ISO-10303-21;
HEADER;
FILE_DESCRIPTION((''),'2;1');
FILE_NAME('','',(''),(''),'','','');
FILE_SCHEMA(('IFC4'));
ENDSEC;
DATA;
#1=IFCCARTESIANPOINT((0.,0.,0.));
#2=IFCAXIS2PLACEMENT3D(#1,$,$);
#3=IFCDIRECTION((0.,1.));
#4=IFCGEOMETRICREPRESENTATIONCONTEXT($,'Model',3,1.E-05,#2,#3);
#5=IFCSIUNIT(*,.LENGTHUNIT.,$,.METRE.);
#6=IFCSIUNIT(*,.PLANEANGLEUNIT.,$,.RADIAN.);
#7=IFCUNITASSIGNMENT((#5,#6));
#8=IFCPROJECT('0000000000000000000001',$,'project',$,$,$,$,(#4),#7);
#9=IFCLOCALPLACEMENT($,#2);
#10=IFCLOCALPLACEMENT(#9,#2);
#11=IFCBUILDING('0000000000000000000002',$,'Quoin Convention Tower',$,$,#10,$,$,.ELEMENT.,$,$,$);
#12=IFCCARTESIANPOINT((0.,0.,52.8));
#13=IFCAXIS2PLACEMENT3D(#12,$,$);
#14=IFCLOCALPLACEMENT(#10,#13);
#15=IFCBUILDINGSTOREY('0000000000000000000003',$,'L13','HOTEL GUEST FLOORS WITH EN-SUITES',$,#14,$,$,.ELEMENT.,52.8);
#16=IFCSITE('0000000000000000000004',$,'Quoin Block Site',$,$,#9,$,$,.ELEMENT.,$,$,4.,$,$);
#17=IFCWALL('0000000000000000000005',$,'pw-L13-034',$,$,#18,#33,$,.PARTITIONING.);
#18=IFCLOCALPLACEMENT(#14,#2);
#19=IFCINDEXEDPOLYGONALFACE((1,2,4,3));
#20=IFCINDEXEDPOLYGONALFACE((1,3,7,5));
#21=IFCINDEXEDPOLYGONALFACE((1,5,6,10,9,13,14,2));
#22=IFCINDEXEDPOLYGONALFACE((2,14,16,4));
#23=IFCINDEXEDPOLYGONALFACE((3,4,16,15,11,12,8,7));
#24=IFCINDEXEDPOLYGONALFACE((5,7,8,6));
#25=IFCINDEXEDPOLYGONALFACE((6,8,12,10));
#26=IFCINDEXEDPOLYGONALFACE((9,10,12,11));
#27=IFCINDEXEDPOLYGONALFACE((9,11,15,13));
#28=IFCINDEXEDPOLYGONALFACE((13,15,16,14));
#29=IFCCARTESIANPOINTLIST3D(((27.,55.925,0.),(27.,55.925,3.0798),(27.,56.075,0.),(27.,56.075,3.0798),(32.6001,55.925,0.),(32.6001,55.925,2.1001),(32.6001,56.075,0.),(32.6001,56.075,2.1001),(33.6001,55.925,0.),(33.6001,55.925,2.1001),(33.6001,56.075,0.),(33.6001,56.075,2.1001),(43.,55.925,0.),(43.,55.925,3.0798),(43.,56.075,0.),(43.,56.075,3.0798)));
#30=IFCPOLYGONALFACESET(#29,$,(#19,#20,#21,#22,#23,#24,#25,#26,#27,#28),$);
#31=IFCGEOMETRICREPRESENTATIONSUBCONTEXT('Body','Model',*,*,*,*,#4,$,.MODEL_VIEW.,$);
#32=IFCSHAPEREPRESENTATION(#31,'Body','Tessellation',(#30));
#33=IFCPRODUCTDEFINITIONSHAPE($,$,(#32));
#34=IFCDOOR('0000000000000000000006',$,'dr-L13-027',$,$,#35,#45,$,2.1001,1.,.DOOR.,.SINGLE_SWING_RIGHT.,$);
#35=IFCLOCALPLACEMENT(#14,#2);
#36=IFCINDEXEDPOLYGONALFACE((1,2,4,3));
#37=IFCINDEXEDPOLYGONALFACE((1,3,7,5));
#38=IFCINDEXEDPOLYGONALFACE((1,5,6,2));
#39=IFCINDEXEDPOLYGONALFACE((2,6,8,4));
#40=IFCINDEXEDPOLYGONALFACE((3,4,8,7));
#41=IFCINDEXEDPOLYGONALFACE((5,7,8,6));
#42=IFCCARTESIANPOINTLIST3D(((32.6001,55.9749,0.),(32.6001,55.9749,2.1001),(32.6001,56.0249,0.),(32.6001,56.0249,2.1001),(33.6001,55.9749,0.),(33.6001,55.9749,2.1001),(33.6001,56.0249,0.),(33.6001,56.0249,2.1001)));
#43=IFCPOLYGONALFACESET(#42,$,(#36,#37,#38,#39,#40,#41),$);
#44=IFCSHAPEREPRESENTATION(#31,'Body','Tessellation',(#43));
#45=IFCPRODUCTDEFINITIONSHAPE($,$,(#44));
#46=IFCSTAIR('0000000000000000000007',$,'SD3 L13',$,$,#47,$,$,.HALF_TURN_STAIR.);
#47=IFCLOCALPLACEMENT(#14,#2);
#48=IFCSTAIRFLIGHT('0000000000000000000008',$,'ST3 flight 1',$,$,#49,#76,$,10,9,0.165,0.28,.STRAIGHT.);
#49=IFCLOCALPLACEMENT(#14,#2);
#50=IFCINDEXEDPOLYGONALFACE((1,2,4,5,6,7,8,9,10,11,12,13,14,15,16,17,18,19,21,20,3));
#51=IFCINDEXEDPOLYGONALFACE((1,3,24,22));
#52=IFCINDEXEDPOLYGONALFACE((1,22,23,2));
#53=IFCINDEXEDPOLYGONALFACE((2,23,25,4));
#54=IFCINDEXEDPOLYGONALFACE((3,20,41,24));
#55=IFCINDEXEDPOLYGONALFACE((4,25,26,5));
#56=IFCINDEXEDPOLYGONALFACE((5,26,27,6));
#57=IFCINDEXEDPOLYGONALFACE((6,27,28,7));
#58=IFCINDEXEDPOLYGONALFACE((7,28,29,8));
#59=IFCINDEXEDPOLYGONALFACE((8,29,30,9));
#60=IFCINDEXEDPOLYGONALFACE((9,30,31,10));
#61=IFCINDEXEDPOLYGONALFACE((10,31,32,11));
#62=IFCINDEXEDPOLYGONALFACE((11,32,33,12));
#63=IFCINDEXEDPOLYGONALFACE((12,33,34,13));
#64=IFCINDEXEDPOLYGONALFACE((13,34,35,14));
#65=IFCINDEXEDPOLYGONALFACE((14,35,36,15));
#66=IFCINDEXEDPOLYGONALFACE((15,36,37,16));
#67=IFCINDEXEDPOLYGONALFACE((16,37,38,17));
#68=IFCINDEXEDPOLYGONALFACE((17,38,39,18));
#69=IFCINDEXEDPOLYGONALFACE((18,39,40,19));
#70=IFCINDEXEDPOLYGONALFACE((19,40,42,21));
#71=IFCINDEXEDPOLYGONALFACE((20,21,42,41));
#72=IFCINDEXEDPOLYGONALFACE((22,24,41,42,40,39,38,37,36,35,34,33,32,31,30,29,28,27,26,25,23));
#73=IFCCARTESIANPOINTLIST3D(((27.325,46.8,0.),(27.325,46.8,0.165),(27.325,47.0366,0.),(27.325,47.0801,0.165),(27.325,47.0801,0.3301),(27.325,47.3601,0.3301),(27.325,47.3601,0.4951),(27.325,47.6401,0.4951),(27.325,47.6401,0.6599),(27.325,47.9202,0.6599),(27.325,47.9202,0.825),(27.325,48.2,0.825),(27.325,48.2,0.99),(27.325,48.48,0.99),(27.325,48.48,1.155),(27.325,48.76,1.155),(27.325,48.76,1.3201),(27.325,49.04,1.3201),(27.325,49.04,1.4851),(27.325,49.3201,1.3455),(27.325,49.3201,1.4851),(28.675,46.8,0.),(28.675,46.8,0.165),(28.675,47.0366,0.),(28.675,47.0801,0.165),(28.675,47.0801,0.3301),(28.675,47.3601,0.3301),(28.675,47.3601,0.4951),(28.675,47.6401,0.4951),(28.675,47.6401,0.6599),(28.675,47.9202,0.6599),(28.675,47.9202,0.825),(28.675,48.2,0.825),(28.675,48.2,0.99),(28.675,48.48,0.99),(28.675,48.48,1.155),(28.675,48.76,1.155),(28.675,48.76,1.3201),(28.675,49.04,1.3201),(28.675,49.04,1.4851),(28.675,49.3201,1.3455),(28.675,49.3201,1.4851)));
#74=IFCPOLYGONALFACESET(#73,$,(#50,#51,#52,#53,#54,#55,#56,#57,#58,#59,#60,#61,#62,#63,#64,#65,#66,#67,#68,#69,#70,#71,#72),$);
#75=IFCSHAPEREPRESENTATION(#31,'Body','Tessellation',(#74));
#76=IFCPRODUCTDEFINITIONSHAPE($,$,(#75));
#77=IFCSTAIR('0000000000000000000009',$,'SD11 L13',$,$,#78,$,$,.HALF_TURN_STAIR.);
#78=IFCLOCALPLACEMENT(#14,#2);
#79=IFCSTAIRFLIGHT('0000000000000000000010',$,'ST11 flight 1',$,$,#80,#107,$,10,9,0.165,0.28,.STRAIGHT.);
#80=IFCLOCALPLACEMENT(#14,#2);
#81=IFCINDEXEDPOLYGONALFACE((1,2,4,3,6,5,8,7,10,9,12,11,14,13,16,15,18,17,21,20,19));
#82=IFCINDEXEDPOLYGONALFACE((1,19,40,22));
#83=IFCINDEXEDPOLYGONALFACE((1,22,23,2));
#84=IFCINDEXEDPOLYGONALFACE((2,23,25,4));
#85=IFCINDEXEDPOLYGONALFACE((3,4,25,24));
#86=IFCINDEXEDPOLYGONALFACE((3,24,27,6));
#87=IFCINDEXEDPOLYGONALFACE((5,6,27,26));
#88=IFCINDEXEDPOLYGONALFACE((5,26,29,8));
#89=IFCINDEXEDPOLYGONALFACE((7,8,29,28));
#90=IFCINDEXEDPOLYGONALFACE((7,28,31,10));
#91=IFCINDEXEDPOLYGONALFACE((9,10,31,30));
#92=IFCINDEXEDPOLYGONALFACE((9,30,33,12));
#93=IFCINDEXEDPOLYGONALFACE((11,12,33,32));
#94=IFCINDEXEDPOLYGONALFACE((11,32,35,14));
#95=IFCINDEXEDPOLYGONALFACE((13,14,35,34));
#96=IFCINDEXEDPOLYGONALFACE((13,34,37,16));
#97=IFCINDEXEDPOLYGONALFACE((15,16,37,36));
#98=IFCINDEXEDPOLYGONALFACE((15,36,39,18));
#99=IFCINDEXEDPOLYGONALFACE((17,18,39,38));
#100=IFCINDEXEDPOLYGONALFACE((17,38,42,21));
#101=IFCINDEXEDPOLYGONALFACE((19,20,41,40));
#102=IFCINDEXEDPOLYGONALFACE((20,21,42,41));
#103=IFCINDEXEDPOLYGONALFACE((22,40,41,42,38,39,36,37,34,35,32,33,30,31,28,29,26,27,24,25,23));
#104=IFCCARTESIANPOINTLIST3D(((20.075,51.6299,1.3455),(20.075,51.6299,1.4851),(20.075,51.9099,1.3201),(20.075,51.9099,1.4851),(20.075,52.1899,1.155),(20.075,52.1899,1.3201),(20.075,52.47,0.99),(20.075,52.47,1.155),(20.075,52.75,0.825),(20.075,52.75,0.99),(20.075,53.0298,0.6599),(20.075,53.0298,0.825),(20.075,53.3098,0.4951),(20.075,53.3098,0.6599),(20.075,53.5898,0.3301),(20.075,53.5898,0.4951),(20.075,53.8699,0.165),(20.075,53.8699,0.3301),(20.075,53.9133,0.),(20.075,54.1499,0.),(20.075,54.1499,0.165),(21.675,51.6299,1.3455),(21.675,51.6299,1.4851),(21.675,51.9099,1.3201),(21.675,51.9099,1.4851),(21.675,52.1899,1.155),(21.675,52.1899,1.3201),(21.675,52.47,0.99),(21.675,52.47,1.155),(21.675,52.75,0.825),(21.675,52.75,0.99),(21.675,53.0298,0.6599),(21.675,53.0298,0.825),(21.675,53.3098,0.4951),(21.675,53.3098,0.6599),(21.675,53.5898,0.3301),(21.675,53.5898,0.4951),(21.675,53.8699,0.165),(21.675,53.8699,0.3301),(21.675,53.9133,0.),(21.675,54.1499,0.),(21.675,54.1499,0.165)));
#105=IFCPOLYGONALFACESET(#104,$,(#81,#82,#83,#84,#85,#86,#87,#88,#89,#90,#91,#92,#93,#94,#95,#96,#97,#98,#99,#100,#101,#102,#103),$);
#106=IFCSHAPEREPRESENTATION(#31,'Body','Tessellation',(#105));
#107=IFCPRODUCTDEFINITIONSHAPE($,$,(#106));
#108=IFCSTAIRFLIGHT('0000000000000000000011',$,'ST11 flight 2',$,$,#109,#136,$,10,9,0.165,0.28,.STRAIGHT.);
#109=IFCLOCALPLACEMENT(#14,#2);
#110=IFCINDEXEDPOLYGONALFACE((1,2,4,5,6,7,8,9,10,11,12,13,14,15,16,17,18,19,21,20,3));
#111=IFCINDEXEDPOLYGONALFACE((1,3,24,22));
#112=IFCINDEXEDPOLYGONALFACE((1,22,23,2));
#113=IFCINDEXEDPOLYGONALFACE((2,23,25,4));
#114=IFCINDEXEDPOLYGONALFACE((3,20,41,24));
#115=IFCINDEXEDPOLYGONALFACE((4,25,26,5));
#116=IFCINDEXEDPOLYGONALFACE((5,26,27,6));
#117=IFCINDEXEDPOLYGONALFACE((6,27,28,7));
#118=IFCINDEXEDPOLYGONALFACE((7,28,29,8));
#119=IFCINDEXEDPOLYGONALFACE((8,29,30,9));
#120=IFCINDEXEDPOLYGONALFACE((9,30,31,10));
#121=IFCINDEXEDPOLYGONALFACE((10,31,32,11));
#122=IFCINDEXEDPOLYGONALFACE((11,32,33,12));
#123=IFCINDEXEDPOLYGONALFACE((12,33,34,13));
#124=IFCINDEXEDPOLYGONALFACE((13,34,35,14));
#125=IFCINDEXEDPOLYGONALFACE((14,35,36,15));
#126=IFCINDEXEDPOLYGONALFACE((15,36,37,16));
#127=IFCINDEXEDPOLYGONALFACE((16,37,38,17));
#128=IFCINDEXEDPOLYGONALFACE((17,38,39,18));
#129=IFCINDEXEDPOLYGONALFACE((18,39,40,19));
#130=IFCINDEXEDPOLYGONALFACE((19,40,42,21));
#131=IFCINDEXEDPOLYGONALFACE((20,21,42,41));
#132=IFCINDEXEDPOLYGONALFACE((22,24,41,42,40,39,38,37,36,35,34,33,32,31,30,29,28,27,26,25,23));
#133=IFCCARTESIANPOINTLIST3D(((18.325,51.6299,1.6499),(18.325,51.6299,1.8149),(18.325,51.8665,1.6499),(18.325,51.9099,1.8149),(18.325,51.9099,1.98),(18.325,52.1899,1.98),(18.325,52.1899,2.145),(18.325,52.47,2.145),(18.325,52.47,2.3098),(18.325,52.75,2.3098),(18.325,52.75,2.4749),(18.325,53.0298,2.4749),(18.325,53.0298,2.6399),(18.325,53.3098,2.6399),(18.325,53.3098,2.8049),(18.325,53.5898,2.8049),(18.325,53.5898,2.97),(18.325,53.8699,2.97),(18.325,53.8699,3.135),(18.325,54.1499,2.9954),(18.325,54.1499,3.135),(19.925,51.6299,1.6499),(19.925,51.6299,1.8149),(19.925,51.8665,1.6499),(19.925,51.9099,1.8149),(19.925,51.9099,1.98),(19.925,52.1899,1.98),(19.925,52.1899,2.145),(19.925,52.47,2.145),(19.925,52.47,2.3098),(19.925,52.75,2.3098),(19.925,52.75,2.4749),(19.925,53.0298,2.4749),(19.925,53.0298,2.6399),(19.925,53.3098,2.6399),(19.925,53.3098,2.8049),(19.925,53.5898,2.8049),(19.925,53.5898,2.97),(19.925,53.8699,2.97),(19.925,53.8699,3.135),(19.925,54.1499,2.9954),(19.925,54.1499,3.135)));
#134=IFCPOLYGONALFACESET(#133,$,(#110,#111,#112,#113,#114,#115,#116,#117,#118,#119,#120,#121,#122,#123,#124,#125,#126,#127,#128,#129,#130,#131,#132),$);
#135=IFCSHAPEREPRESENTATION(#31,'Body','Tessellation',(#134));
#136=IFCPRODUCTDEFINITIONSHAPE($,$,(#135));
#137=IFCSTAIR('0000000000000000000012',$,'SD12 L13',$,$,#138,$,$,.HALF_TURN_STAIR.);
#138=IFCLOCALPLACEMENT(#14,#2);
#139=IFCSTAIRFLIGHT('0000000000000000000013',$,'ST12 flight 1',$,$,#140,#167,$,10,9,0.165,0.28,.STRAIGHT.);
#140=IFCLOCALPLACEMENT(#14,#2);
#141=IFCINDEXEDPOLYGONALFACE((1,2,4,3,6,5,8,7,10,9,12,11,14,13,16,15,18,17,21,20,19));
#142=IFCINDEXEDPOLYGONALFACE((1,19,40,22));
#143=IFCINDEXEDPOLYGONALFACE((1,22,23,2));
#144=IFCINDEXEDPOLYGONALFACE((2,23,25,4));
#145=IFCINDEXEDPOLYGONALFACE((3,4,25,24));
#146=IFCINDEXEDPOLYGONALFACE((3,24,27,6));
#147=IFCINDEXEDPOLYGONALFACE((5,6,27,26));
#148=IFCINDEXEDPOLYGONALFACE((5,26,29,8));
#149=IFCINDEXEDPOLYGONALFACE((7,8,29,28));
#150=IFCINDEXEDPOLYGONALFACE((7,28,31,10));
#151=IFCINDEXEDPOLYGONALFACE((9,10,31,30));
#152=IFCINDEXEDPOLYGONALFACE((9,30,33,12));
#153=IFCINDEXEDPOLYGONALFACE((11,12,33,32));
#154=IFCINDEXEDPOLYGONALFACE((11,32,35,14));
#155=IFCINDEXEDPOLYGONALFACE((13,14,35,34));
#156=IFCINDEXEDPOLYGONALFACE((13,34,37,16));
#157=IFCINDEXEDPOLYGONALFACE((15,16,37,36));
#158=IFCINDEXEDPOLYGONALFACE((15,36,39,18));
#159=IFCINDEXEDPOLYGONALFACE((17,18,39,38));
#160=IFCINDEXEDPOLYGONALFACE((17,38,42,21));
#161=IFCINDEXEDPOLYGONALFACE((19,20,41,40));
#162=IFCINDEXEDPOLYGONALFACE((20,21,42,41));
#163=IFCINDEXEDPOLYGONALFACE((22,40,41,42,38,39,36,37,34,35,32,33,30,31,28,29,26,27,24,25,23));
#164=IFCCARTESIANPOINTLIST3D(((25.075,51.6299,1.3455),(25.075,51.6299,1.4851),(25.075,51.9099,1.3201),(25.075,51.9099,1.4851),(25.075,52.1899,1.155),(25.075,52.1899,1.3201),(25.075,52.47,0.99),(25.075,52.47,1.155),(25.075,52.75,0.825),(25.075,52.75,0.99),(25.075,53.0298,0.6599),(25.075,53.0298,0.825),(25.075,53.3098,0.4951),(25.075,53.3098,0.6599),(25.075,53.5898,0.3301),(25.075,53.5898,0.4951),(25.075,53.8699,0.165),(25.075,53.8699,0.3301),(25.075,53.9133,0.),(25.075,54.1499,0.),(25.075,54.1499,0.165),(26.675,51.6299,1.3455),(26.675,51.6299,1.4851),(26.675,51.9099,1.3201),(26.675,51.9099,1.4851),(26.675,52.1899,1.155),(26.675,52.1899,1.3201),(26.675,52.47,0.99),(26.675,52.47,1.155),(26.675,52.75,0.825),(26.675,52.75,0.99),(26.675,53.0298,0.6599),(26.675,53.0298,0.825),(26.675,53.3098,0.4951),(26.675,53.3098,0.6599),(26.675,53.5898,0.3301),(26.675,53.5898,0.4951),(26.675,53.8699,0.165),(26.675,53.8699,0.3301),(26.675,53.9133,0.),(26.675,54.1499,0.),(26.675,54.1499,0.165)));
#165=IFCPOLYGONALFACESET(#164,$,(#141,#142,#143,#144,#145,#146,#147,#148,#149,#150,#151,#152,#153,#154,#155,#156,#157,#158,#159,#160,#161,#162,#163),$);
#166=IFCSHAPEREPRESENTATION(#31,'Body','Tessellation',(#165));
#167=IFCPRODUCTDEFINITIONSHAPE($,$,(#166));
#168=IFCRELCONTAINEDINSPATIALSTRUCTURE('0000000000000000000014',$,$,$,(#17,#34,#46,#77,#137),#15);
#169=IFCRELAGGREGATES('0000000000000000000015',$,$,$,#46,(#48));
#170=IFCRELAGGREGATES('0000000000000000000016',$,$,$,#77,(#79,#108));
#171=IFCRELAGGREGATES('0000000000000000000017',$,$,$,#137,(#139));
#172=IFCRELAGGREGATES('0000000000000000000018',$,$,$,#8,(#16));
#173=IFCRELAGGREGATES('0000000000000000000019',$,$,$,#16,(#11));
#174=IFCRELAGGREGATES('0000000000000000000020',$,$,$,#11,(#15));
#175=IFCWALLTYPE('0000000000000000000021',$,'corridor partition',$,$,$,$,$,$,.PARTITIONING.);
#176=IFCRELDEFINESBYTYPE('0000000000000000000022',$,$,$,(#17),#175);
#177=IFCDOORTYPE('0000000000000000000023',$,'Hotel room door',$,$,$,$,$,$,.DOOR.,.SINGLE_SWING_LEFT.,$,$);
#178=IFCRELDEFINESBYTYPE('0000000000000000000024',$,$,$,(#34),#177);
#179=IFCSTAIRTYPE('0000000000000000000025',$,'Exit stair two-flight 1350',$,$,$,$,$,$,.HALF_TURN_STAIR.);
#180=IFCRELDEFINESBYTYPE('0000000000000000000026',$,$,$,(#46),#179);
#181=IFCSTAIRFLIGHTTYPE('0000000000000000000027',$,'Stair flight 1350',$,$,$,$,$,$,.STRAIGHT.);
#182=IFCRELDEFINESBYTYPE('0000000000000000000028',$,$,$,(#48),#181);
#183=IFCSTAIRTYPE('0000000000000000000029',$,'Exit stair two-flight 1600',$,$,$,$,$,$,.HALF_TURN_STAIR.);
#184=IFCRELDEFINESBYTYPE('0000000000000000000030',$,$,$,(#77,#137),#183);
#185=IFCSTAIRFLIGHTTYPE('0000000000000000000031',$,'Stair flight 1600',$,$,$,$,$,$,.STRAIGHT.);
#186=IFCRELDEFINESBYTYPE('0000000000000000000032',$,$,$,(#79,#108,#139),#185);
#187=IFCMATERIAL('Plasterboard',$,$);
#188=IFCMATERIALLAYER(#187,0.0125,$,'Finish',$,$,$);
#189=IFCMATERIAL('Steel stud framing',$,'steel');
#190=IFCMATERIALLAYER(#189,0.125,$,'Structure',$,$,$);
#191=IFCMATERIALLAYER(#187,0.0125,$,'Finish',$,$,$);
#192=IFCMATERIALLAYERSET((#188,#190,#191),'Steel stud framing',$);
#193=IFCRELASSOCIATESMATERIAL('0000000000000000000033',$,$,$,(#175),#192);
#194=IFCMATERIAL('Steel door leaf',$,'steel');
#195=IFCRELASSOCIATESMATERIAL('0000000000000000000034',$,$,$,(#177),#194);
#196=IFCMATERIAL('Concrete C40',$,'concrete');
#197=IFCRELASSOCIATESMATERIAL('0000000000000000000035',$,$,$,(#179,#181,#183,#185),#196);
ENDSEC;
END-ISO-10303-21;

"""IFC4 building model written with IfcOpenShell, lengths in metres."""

from ifc_helpers import new_model, si_unit, direction, frame, frame_2d, origin, place, context, subcontext, project, spatial, polyline, rectangle, outline, extrude, material, layer, layer_set, type_object, element, fill, aggregate, save


model = new_model("IFC4")

# Units and contexts
model_context = context("Model", 3, precision=1e-05, world=origin(), true_north=direction((0.0, 1.0)))
body_context = subcontext(model_context, "Body", "Model", "MODEL_VIEW")
ifc_project = project(units=[si_unit("LENGTHUNIT", "METRE"), si_unit("PLANEANGLEUNIT", "RADIAN")], contexts=[model_context])

# Site, building, storey
site_placement = place(None, origin())
site = spatial("IfcSite", under=ifc_project, at=site_placement, Name="Quoin Block Site", CompositionType="ELEMENT", RefElevation=4.0)
building_placement = place(site_placement, origin())
building = spatial("IfcBuilding", under=site, at=building_placement, Name="Quoin Convention Tower", CompositionType="ELEMENT")
storey_placement = place(building_placement, frame((0.0, 0.0, 52.8)))
storey = spatial("IfcBuildingStorey", under=building, at=storey_placement, Name="L13", Description="HOTEL GUEST FLOORS WITH EN-SUITES", CompositionType="ELEMENT", Elevation=52.8)

# Shared definitions
ifc_material_1 = material(Name="Steel door leaf", Category="steel")

# Shared definitions
ifc_material_2 = material(Name="Plasterboard")
ifc_layer_1 = layer(ifc_material_2, 0.0125, Name="Finish")
ifc_material_3 = material(Name="Steel stud framing", Category="steel")
ifc_layer_2 = layer(ifc_material_3, 0.125, Name="Structure")
ifc_layer_3 = layer(ifc_material_2, 0.0125, Name="Finish")
ifc_layer_set_1 = layer_set([ifc_layer_1, ifc_layer_2, ifc_layer_3], Name="Steel stud framing")
wall_type_1 = type_object("IfcWallType", Name="corridor partition", PredefinedType="PARTITIONING", material=ifc_layer_set_1)

# Wall, opening, door
wall_1_placement = place(storey_placement, frame((27.0, 56.0, 0.0), z_axis=(0.0, 0.0, 1.0), x_axis=(1.0, 0.0, 0.0)))
wall_1 = element("IfcWall", 1, at=wall_1_placement, inside=storey, type_object=wall_type_1, Name="pw-L13-034", PredefinedType="PARTITIONING", context=body_context, shape_type="SweptSolid", body=[
    extrude(rectangle(XDim=16.0, YDim=0.1499, at=frame_2d((8.0, 0.0))), origin(), (0.0, 0.0, 1.0), 3.0798),
])
opening_1_placement = place(wall_1_placement, frame((5.6001, 0.0, 0.0)))
opening_1 = element("IfcOpeningElement", 2, at=opening_1_placement, cuts=wall_1, PredefinedType="OPENING", context=body_context, shape_type="SweptSolid", body=[
    extrude(rectangle(XDim=1.0, YDim=2.1001, at=frame_2d((0.5, 1.05))), frame((0.0, 0.085, 0.0), z_axis=(0.0, -1.0, 0.0), x_axis=(1.0, 0.0, 0.0)), (0.0, 0.0, 1.0), 0.1699),
])
door_type_1 = type_object("IfcDoorType", Name="Hotel room door", OperationType="SINGLE_SWING_LEFT", PredefinedType="DOOR", material=ifc_material_1)
door_1_placement = place(opening_1_placement, origin())
door_1 = element("IfcDoor", 3, at=door_1_placement, inside=storey, type_object=door_type_1, Name="dr-L13-027", OperationType="SINGLE_SWING_RIGHT", OverallHeight=2.1001, OverallWidth=1.0, PredefinedType="DOOR", context=body_context, shape_type="SweptSolid", body=[
    extrude(rectangle(XDim=1.0, YDim=2.1001, at=frame_2d((0.5, 1.05))), frame((0.0, 0.0249, 0.0), z_axis=(0.0, -1.0, 0.0), x_axis=(1.0, 0.0, 0.0)), (0.0, 0.0, 1.0), 0.05),
])
fill(opening_1, door_1)

# Stair, stair flight
ifc_material_4 = material(Name="Concrete C40", Category="concrete")
stair_type_1 = type_object("IfcStairType", Name="Exit stair two-flight 1350", PredefinedType="HALF_TURN_STAIR", material=ifc_material_4)
stair_1_placement = place(storey_placement, origin())
stair_1 = element("IfcStair", 4, at=stair_1_placement, inside=storey, type_object=stair_type_1, Name="SD3 L13", PredefinedType="HALF_TURN_STAIR")
stair_flight_type_1 = type_object("IfcStairFlightType", Name="Stair flight 1350", PredefinedType="STRAIGHT", material=ifc_material_4)
stair_flight_1_placement = place(storey_placement, frame((28.0, 46.8, 0.0), z_axis=(0.0, 0.0, 1.0), x_axis=(0.0, 1.0, 0.0)))
stair_flight_1 = element("IfcStairFlight", 5, at=stair_flight_1_placement, type_object=stair_flight_type_1, Name="ST3 flight 1", NumberOfRisers=10, NumberOfTreads=9, PredefinedType="STRAIGHT", RiserHeight=0.165, TreadLength=0.28, context=body_context, shape_type="SweptSolid", body=[
    extrude(outline(polyline([(0.0, 0.0), (0.0, 0.165), (0.28, 0.165), (0.28, 0.3301), (0.5601, 0.3301), (0.5601, 0.4951), (0.8401, 0.4951), (0.8401, 0.6599), (1.1201, 0.6599), (1.1201, 0.825), (1.3999, 0.825), (1.3999, 0.99), (1.6799, 0.99), (1.6799, 1.155), (1.96, 1.155), (1.96, 1.3201), (2.24, 1.3201), (2.24, 1.4851), (2.52, 1.4851), (2.52, 1.6499), (2.52, 1.3455), (0.2366, 0.0), (0.0, 0.0)])), frame((0.0, 0.675, 0.0), z_axis=(0.0, -1.0, 0.0), x_axis=(1.0, 0.0, 0.0)), (0.0, 0.0, 1.0), 1.3501),
])
aggregate(stair_1, [stair_flight_1])

# Stairs, stair flights
stair_type_2 = type_object("IfcStairType", Name="Exit stair two-flight 1600", PredefinedType="HALF_TURN_STAIR", material=ifc_material_4)
stair_2_placement = place(storey_placement, origin())
stair_2 = element("IfcStair", 6, at=stair_2_placement, inside=storey, type_object=stair_type_2, Name="SD11 L13", PredefinedType="HALF_TURN_STAIR")
stair_flight_type_2 = type_object("IfcStairFlightType", Name="Stair flight 1600", PredefinedType="STRAIGHT", material=ifc_material_4)
stair_flight_2_placement = place(storey_placement, frame((20.875, 54.1499, 0.0), z_axis=(0.0, 0.0, 1.0), x_axis=(0.0, -1.0, 0.0)))
stair_flight_2 = element("IfcStairFlight", 7, at=stair_flight_2_placement, type_object=stair_flight_type_2, Name="ST11 flight 1", NumberOfRisers=10, NumberOfTreads=9, PredefinedType="STRAIGHT", RiserHeight=0.165, TreadLength=0.28, context=body_context, shape_type="SweptSolid", body=[
    extrude(outline(polyline([(0.0, 0.0), (0.0, 0.165), (0.28, 0.165), (0.28, 0.3301), (0.5601, 0.3301), (0.5601, 0.4951), (0.8401, 0.4951), (0.8401, 0.6599), (1.1201, 0.6599), (1.1201, 0.825), (1.3999, 0.825), (1.3999, 0.99), (1.6799, 0.99), (1.6799, 1.155), (1.96, 1.155), (1.96, 1.3201), (2.24, 1.3201), (2.24, 1.4851), (2.52, 1.4851), (2.52, 1.6499), (2.52, 1.3455), (0.2366, 0.0), (0.0, 0.0)])), frame((0.0, 0.8, 0.0), z_axis=(0.0, -1.0, 0.0), x_axis=(1.0, 0.0, 0.0)), (0.0, 0.0, 1.0), 1.6001),
])
stair_flight_3_placement = place(storey_placement, frame((19.125, 51.6299, 1.6499), z_axis=(0.0, 0.0, 1.0), x_axis=(0.0, 1.0, 0.0)))
stair_flight_3 = element("IfcStairFlight", 8, at=stair_flight_3_placement, type_object=stair_flight_type_2, Name="ST11 flight 2", NumberOfRisers=10, NumberOfTreads=9, PredefinedType="STRAIGHT", RiserHeight=0.165, TreadLength=0.28, context=body_context, shape_type="SweptSolid", body=[
    extrude(outline(polyline([(0.0, 0.0), (0.0, 0.165), (0.28, 0.165), (0.28, 0.3301), (0.5601, 0.3301), (0.5601, 0.4951), (0.8401, 0.4951), (0.8401, 0.6599), (1.1201, 0.6599), (1.1201, 0.825), (1.3999, 0.825), (1.3999, 0.99), (1.6799, 0.99), (1.6799, 1.155), (1.96, 1.155), (1.96, 1.3201), (2.24, 1.3201), (2.24, 1.4851), (2.52, 1.4851), (2.52, 1.6499), (2.52, 1.3455), (0.2366, 0.0), (0.0, 0.0)])), frame((0.0, 0.8, 0.0), z_axis=(0.0, -1.0, 0.0), x_axis=(1.0, 0.0, 0.0)), (0.0, 0.0, 1.0), 1.6001),
])
aggregate(stair_2, [stair_flight_2, stair_flight_3])
stair_3_placement = place(storey_placement, origin())
stair_3 = element("IfcStair", 9, at=stair_3_placement, inside=storey, type_object=stair_type_2, Name="SD12 L13", PredefinedType="HALF_TURN_STAIR")
stair_flight_4_placement = place(storey_placement, frame((25.875, 54.1499, 0.0), z_axis=(0.0, 0.0, 1.0), x_axis=(0.0, -1.0, 0.0)))
stair_flight_4 = element("IfcStairFlight", 10, at=stair_flight_4_placement, type_object=stair_flight_type_2, Name="ST12 flight 1", NumberOfRisers=10, NumberOfTreads=9, PredefinedType="STRAIGHT", RiserHeight=0.165, TreadLength=0.28, context=body_context, shape_type="SweptSolid", body=[
    extrude(outline(polyline([(0.0, 0.0), (0.0, 0.165), (0.28, 0.165), (0.28, 0.3301), (0.5601, 0.3301), (0.5601, 0.4951), (0.8401, 0.4951), (0.8401, 0.6599), (1.1201, 0.6599), (1.1201, 0.825), (1.3999, 0.825), (1.3999, 0.99), (1.6799, 0.99), (1.6799, 1.155), (1.96, 1.155), (1.96, 1.3201), (2.24, 1.3201), (2.24, 1.4851), (2.52, 1.4851), (2.52, 1.6499), (2.52, 1.3455), (0.2366, 0.0), (0.0, 0.0)])), frame((0.0, 0.8, 0.0), z_axis=(0.0, -1.0, 0.0), x_axis=(1.0, 0.0, 0.0)), (0.0, 0.0, 1.0), 1.6001),
])
aggregate(stair_3, [stair_flight_4])

save(model, "model.ifc")
